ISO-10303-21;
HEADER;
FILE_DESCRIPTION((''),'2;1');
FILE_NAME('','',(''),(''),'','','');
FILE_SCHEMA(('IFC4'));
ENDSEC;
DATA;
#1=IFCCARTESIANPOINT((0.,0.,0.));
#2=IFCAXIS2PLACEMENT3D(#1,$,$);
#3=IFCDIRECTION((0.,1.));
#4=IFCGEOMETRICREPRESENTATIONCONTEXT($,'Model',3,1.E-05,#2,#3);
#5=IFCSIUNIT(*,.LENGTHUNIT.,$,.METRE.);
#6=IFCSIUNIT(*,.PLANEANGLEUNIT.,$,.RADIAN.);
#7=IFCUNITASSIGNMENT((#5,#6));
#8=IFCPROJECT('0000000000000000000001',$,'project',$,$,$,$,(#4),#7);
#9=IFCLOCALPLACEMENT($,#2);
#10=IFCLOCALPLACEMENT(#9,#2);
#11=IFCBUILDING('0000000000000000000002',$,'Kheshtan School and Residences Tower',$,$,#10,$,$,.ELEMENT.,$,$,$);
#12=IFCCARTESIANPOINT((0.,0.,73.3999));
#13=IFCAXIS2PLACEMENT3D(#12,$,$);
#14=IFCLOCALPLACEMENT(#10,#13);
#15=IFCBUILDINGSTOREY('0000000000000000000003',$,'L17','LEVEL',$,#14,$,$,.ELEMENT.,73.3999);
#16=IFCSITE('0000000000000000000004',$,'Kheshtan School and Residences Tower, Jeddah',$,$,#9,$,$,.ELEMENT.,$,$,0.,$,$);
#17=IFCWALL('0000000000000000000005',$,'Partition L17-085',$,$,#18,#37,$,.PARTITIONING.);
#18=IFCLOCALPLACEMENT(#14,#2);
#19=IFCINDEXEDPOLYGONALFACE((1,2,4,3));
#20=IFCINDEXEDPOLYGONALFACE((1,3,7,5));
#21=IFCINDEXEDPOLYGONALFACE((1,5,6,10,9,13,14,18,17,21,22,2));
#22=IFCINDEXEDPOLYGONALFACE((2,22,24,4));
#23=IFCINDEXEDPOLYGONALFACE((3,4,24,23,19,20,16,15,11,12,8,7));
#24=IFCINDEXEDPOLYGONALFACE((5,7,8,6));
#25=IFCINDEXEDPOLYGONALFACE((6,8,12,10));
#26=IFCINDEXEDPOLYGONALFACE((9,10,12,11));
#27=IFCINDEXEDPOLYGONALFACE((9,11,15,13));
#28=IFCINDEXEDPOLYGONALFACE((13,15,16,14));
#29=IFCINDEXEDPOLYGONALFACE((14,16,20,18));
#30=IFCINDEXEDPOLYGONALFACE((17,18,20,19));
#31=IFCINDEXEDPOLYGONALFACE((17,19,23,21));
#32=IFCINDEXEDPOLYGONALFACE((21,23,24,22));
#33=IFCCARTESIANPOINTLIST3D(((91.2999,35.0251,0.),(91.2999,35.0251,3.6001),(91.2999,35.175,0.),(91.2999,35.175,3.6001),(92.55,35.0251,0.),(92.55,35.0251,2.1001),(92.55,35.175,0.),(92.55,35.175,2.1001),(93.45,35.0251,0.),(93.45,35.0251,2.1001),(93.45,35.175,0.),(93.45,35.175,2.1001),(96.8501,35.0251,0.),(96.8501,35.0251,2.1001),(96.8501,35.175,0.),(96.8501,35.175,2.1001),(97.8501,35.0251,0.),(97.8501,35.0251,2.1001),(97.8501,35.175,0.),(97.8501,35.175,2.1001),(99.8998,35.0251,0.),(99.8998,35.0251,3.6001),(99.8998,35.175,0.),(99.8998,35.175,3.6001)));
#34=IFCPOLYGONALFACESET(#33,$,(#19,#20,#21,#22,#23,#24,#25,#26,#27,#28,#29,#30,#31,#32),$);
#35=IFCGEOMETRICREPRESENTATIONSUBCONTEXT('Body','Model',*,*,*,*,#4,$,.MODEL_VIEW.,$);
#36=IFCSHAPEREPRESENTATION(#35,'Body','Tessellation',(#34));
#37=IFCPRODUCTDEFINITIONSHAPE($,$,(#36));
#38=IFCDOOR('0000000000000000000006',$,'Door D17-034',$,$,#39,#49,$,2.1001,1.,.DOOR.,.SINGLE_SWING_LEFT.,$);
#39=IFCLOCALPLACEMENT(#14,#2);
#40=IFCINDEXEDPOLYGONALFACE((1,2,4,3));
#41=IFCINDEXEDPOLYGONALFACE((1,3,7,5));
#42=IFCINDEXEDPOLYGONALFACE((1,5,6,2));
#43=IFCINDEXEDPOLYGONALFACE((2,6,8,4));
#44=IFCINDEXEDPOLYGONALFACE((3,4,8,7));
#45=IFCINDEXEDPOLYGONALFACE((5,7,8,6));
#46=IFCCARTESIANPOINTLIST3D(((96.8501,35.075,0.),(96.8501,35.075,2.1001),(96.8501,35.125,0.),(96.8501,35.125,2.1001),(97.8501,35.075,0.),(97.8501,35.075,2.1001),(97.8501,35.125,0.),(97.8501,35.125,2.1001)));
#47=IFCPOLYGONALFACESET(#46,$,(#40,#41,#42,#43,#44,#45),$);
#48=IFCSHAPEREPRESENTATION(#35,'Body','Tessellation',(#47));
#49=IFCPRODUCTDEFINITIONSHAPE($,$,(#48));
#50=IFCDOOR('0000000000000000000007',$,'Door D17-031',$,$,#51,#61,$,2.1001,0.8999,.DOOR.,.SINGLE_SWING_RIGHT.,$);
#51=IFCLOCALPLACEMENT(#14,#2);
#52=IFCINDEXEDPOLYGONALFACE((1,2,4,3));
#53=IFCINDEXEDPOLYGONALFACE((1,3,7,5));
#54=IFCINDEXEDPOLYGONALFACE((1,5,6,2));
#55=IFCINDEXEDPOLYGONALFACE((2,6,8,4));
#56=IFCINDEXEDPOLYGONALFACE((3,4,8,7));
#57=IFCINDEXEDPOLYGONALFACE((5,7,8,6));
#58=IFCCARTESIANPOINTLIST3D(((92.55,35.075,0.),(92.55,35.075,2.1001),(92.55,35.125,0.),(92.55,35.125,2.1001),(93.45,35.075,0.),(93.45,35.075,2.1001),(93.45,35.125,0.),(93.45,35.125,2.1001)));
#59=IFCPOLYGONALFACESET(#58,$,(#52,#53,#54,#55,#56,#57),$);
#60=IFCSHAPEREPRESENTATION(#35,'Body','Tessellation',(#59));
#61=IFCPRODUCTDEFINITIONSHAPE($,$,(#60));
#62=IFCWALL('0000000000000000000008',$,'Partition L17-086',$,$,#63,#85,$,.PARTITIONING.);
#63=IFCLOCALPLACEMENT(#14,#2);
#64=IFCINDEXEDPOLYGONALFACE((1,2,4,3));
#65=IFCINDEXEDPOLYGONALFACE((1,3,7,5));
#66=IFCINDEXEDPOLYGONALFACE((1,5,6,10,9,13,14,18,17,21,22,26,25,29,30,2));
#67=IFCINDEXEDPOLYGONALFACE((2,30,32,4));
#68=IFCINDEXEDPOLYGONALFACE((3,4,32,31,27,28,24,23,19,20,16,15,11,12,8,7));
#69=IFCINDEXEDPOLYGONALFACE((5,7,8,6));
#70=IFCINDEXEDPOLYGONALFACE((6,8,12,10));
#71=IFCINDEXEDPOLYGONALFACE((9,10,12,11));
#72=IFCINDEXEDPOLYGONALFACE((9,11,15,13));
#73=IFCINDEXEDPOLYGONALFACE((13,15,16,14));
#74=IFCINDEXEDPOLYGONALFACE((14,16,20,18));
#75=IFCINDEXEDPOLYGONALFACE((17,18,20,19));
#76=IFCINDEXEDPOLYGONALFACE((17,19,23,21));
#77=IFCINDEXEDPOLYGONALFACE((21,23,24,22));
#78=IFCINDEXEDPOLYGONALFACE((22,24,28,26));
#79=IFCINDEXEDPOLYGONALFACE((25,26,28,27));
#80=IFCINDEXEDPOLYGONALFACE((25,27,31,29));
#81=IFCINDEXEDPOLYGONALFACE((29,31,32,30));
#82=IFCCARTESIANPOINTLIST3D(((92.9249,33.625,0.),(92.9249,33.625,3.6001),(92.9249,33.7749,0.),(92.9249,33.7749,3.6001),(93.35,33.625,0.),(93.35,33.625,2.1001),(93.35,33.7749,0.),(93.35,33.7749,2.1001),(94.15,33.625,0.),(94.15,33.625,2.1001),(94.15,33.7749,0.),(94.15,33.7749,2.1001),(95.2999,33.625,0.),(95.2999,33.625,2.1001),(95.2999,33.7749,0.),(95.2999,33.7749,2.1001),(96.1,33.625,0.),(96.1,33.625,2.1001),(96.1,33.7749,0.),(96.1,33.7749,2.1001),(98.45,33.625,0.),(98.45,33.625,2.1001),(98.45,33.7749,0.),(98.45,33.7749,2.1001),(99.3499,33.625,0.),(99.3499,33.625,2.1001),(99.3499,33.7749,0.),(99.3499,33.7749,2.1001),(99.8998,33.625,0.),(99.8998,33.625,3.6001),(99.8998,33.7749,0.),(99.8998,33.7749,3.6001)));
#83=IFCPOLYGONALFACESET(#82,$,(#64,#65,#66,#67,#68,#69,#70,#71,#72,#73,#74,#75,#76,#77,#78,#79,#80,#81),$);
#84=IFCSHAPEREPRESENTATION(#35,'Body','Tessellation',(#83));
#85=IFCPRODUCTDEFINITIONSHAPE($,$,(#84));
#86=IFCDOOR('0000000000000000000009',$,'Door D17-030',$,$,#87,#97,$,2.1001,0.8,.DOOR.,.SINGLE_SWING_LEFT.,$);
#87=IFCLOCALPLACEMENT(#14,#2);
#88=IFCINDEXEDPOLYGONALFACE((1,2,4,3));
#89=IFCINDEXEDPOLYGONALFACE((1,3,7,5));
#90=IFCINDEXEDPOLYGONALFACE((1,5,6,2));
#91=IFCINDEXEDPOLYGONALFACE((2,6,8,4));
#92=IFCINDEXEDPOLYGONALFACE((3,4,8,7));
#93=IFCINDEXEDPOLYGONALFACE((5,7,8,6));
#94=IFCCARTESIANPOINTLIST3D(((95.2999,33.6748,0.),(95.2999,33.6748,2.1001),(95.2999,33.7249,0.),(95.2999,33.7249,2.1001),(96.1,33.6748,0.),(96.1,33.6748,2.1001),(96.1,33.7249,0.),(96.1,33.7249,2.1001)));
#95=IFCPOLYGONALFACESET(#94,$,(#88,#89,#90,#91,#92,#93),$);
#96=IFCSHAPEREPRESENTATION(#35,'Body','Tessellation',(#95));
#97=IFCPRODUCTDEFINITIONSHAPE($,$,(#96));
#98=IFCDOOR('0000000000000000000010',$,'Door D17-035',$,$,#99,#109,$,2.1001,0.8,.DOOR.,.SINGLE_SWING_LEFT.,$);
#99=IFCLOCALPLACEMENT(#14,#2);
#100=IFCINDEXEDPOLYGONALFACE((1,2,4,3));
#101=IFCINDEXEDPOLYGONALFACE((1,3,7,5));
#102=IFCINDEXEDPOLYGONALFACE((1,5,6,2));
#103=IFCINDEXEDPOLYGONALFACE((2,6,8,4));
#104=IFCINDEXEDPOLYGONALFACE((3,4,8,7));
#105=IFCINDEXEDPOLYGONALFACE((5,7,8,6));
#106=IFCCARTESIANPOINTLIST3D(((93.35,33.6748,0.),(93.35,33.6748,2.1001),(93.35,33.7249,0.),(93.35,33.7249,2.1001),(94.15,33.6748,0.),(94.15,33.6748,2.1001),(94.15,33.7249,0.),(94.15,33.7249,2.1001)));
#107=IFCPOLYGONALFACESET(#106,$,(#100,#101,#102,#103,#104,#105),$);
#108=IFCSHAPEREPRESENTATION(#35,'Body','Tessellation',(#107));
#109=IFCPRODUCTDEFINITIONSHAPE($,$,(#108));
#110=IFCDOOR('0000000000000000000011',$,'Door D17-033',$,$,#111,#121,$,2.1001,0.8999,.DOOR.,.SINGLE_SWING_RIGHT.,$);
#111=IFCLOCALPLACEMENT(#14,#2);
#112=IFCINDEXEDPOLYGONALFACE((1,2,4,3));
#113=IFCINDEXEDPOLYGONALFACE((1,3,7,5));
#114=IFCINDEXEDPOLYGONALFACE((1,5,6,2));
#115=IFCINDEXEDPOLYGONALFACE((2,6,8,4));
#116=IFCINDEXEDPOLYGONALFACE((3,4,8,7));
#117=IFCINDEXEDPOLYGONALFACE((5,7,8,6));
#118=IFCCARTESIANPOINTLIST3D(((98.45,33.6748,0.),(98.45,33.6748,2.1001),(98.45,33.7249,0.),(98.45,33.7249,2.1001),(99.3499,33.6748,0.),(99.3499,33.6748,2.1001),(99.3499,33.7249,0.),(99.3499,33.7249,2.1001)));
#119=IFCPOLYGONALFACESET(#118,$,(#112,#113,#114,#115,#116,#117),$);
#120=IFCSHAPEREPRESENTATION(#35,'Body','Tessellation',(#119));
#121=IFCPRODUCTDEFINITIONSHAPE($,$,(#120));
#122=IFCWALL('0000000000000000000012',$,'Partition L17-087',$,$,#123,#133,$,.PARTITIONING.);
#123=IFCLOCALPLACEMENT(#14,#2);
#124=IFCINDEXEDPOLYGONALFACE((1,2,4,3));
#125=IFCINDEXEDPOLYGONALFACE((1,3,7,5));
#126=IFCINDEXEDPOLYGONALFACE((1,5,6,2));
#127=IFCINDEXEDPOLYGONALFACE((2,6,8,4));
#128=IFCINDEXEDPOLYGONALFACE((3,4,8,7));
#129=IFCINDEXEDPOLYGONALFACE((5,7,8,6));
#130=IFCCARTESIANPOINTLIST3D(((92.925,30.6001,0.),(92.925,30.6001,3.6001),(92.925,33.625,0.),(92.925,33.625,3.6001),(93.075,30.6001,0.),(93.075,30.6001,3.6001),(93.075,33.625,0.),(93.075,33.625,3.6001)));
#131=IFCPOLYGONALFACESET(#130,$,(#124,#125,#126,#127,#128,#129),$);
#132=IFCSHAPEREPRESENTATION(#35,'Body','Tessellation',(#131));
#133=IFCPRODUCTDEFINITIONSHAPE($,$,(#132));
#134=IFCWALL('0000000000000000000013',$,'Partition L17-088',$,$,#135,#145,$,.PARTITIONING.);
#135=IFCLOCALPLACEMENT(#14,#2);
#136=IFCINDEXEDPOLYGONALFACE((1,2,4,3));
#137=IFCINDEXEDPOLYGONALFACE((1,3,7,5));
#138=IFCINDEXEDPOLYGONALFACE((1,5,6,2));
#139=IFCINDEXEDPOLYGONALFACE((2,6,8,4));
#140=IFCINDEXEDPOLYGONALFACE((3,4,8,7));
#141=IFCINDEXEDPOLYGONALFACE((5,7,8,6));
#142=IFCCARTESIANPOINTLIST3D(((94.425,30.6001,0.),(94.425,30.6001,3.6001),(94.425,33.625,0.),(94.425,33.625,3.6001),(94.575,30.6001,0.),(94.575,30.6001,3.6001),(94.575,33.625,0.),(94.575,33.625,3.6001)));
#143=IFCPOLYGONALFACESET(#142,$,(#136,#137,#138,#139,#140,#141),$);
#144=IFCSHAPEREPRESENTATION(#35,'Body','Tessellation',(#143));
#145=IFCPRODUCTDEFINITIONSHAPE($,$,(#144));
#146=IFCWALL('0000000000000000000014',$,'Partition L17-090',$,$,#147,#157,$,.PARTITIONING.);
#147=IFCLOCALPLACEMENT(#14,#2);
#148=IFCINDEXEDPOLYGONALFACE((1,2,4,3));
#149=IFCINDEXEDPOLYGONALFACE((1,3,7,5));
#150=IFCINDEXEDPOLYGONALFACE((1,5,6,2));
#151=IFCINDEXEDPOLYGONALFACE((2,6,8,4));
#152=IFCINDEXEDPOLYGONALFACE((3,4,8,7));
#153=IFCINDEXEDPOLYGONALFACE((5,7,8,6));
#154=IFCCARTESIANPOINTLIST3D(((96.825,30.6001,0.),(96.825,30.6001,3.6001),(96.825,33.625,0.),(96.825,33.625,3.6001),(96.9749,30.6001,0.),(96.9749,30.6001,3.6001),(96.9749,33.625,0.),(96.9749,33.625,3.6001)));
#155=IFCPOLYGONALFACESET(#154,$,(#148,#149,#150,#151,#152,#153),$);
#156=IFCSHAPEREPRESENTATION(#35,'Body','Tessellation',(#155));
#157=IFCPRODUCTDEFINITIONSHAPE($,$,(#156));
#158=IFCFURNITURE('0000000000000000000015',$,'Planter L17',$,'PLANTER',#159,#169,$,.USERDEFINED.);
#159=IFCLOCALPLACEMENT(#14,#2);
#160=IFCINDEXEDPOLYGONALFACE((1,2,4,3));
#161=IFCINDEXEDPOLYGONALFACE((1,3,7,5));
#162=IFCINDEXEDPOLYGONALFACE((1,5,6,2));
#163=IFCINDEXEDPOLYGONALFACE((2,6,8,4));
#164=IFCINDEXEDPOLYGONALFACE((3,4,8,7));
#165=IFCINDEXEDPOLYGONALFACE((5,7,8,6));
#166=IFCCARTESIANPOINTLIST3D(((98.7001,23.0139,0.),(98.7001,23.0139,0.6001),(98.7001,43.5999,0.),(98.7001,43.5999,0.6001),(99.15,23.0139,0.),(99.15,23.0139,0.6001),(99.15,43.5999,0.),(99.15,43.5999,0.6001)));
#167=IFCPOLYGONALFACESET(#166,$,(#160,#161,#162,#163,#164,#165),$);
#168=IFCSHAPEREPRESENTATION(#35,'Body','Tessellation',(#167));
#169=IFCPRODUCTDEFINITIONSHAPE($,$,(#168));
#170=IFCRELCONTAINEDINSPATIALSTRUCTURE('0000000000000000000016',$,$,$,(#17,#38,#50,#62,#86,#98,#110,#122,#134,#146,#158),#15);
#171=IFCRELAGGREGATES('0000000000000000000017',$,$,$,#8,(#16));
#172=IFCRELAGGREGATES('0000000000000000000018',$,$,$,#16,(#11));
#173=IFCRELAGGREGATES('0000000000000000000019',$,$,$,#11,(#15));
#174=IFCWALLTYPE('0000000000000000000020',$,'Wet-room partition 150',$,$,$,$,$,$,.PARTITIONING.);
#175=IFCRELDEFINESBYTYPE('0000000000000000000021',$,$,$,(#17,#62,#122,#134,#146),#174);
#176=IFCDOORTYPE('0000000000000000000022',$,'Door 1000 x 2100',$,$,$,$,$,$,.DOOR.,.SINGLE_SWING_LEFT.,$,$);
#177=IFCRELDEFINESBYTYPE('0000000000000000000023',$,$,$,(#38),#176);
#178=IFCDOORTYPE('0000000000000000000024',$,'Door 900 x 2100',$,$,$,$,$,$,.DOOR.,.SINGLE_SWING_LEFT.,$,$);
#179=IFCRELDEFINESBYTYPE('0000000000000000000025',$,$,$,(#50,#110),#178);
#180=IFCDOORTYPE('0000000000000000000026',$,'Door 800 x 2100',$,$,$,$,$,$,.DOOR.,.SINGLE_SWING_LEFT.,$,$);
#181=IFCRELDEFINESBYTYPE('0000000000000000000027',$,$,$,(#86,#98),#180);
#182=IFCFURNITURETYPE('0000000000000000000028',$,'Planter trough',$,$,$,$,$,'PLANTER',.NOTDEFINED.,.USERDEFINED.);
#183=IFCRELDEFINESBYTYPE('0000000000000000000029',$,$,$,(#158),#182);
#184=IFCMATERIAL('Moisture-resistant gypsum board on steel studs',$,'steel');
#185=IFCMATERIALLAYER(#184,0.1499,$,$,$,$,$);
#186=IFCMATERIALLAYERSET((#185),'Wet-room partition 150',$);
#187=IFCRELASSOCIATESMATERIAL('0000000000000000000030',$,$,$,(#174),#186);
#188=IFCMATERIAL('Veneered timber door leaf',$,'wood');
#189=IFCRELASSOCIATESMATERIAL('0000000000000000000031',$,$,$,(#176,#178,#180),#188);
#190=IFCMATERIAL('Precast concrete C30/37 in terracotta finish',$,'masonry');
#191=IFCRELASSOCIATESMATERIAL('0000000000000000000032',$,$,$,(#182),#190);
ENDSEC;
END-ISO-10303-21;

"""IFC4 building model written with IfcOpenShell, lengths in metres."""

from ifc_helpers import new_model, si_unit, direction, frame, frame_2d, origin, origin_2d, place, context, subcontext, project, spatial, rectangle, extrude, source, transform, mapped, material, layer, layer_set, type_object, element, fill, save


model = new_model("IFC4")

# Units and contexts
model_context = context("Model", 3, precision=1e-05, world=origin(), true_north=direction((0.0, 1.0)))
body_context = subcontext(model_context, "Body", "Model", "MODEL_VIEW")
ifc_project = project(units=[si_unit("LENGTHUNIT", "METRE"), si_unit("PLANEANGLEUNIT", "RADIAN")], contexts=[model_context])

# Site, building, storey
site_placement = place(None, origin())
site = spatial("IfcSite", under=ifc_project, at=site_placement, Name="Kheshtan School and Residences Tower, Jeddah", CompositionType="ELEMENT", RefElevation=0.0)
building_placement = place(site_placement, origin())
building = spatial("IfcBuilding", under=site, at=building_placement, Name="Kheshtan School and Residences Tower", CompositionType="ELEMENT")
storey_placement = place(building_placement, frame((0.0, 0.0, 73.3999)))
storey = spatial("IfcBuildingStorey", under=building, at=storey_placement, Name="L17", Description="LEVEL", CompositionType="ELEMENT", Elevation=73.3999)

# Walls, openings, doors
ifc_material_1 = material(Name="Moisture-resistant gypsum board on steel studs", Category="steel")
ifc_layer_1 = layer(ifc_material_1, 0.1499)
ifc_layer_set_1 = layer_set([ifc_layer_1], Name="Wet-room partition 150")
wall_type_1 = type_object("IfcWallType", Name="Wet-room partition 150", PredefinedType="PARTITIONING", material=ifc_layer_set_1)
wall_1_placement = place(storey_placement, frame((91.3, 35.1001, 0.0), z_axis=(0.0, 0.0, 1.0), x_axis=(1.0, 0.0, 0.0)))
wall_1 = element("IfcWall", 1, at=wall_1_placement, inside=storey, type_object=wall_type_1, Name="Partition L17-085", PredefinedType="PARTITIONING", context=body_context, shape_type="SweptSolid", body=[
    extrude(rectangle(XDim=8.5999, YDim=0.1499, at=frame_2d((4.2998, 0.0))), origin(), (0.0, 0.0, 1.0), 3.6001),
])
opening_1_placement = place(wall_1_placement, frame((1.25, 0.0, 0.0)))
opening_1 = element("IfcOpeningElement", 2, at=opening_1_placement, cuts=wall_1, PredefinedType="OPENING", context=body_context, shape_type="SweptSolid", body=[
    extrude(rectangle(XDim=0.8999, YDim=2.1001, at=frame_2d((0.45, 1.05))), frame((0.0, 0.085, 0.0), z_axis=(0.0, -1.0, 0.0), x_axis=(1.0, 0.0, 0.0)), (0.0, 0.0, 1.0), 0.1699),
])
opening_2_placement = place(wall_1_placement, frame((5.55, 0.0, 0.0)))
opening_2 = element("IfcOpeningElement", 3, at=opening_2_placement, cuts=wall_1, PredefinedType="OPENING", context=body_context, shape_type="SweptSolid", body=[
    extrude(rectangle(XDim=1.0, YDim=2.1001, at=frame_2d((0.5, 1.05))), frame((0.0, 0.085, 0.0), z_axis=(0.0, -1.0, 0.0), x_axis=(1.0, 0.0, 0.0)), (0.0, 0.0, 1.0), 0.1699),
])
ifc_material_2 = material(Name="Veneered timber door leaf", Category="wood")
door_type_1 = type_object("IfcDoorType", Name="Door 1000 x 2100", OperationType="SINGLE_SWING_LEFT", PredefinedType="DOOR", material=ifc_material_2)
shared_shape_1 = source(origin(), body_context, "Body", "SweptSolid", [
    extrude(rectangle(XDim=1.0, YDim=2.1001, at=frame_2d((0.5, 1.05))), frame((0.0, 0.0249, 0.0), z_axis=(0.0, -1.0, 0.0), x_axis=(1.0, 0.0, 0.0)), (0.0, 0.0, 1.0), 0.05),
])
door_1_placement = place(opening_2_placement, origin())
door_1 = element("IfcDoor", 4, at=door_1_placement, inside=storey, type_object=door_type_1, Name="Door D17-034", OperationType="SINGLE_SWING_LEFT", OverallHeight=2.1001, OverallWidth=1.0, PredefinedType="DOOR", context=body_context, shape_type="MappedRepresentation", body=[
    mapped(shared_shape_1, transform((0.0, 0.0, 0.0), x_axis=(1.0, 0.0, 0.0), y_axis=(0.0, 1.0, 0.0), z_axis=(0.0, 0.0, 1.0), scale=1.0)),
])
fill(opening_2, door_1)
door_type_2 = type_object("IfcDoorType", Name="Door 900 x 2100", OperationType="SINGLE_SWING_LEFT", PredefinedType="DOOR", material=ifc_material_2)
shared_shape_2 = source(origin(), body_context, "Body", "SweptSolid", [
    extrude(rectangle(XDim=0.8999, YDim=2.1001, at=frame_2d((0.45, 1.05))), frame((0.0, 0.0249, 0.0), z_axis=(0.0, -1.0, 0.0), x_axis=(1.0, 0.0, 0.0)), (0.0, 0.0, 1.0), 0.05),
])
door_2_placement = place(opening_1_placement, origin())
door_2 = element("IfcDoor", 5, at=door_2_placement, inside=storey, type_object=door_type_2, Name="Door D17-031", OperationType="SINGLE_SWING_RIGHT", OverallHeight=2.1001, OverallWidth=0.8999, PredefinedType="DOOR", context=body_context, shape_type="MappedRepresentation", body=[
    mapped(shared_shape_2, transform((0.0, 0.0, 0.0), x_axis=(1.0, 0.0, 0.0), y_axis=(0.0, 1.0, 0.0), z_axis=(0.0, 0.0, 1.0), scale=1.0)),
])
fill(opening_1, door_2)
wall_2_placement = place(storey_placement, frame((92.925, 33.7, 0.0), z_axis=(0.0, 0.0, 1.0), x_axis=(1.0, 0.0, 0.0)))
wall_2 = element("IfcWall", 6, at=wall_2_placement, inside=storey, type_object=wall_type_1, Name="Partition L17-086", PredefinedType="PARTITIONING", context=body_context, shape_type="SweptSolid", body=[
    extrude(rectangle(XDim=6.9749, YDim=0.1499, at=frame_2d((3.4873, 0.0))), origin(), (0.0, 0.0, 1.0), 3.6001),
])
opening_3_placement = place(wall_2_placement, frame((2.375, 0.0, 0.0)))
opening_3 = element("IfcOpeningElement", 7, at=opening_3_placement, cuts=wall_2, PredefinedType="OPENING", context=body_context, shape_type="SweptSolid", body=[
    extrude(rectangle(XDim=0.8, YDim=2.1001, at=frame_2d((0.3999, 1.05))), frame((0.0, 0.085, 0.0), z_axis=(0.0, -1.0, 0.0), x_axis=(1.0, 0.0, 0.0)), (0.0, 0.0, 1.0), 0.1699),
])
opening_4_placement = place(wall_2_placement, frame((5.5249, 0.0, 0.0)))
opening_4 = element("IfcOpeningElement", 8, at=opening_4_placement, cuts=wall_2, PredefinedType="OPENING", context=body_context, shape_type="SweptSolid", body=[
    extrude(rectangle(XDim=0.8999, YDim=2.1001, at=frame_2d((0.45, 1.05))), frame((0.0, 0.085, 0.0), z_axis=(0.0, -1.0, 0.0), x_axis=(1.0, 0.0, 0.0)), (0.0, 0.0, 1.0), 0.1699),
])
opening_5_placement = place(wall_2_placement, frame((0.425, 0.0, 0.0)))
opening_5 = element("IfcOpeningElement", 9, at=opening_5_placement, cuts=wall_2, PredefinedType="OPENING", context=body_context, shape_type="SweptSolid", body=[
    extrude(rectangle(XDim=0.8, YDim=2.1001, at=frame_2d((0.3999, 1.05))), frame((0.0, 0.085, 0.0), z_axis=(0.0, -1.0, 0.0), x_axis=(1.0, 0.0, 0.0)), (0.0, 0.0, 1.0), 0.1699),
])
door_type_3 = type_object("IfcDoorType", Name="Door 800 x 2100", OperationType="SINGLE_SWING_LEFT", PredefinedType="DOOR", material=ifc_material_2)
shared_shape_3 = source(origin(), body_context, "Body", "SweptSolid", [
    extrude(rectangle(XDim=0.8, YDim=2.1001, at=frame_2d((0.3999, 1.05))), frame((0.0, 0.0249, 0.0), z_axis=(0.0, -1.0, 0.0), x_axis=(1.0, 0.0, 0.0)), (0.0, 0.0, 1.0), 0.05),
])
door_3_placement = place(opening_3_placement, origin())
door_3 = element("IfcDoor", 10, at=door_3_placement, inside=storey, type_object=door_type_3, Name="Door D17-030", OperationType="SINGLE_SWING_LEFT", OverallHeight=2.1001, OverallWidth=0.8, PredefinedType="DOOR", context=body_context, shape_type="MappedRepresentation", body=[
    mapped(shared_shape_3, transform((0.0, 0.0, 0.0), x_axis=(1.0, 0.0, 0.0), y_axis=(0.0, 1.0, 0.0), z_axis=(0.0, 0.0, 1.0), scale=1.0)),
])
fill(opening_3, door_3)
door_4_placement = place(opening_5_placement, origin())
door_4 = element("IfcDoor", 11, at=door_4_placement, inside=storey, type_object=door_type_3, Name="Door D17-035", OperationType="SINGLE_SWING_LEFT", OverallHeight=2.1001, OverallWidth=0.8, PredefinedType="DOOR", context=body_context, shape_type="MappedRepresentation", body=[
    mapped(shared_shape_3, transform((0.0, 0.0, 0.0), x_axis=(1.0, 0.0, 0.0), y_axis=(0.0, 1.0, 0.0), z_axis=(0.0, 0.0, 1.0), scale=1.0)),
])
fill(opening_5, door_4)
door_5_placement = place(opening_4_placement, origin())
door_5 = element("IfcDoor", 12, at=door_5_placement, inside=storey, type_object=door_type_2, Name="Door D17-033", OperationType="SINGLE_SWING_RIGHT", OverallHeight=2.1001, OverallWidth=0.8999, PredefinedType="DOOR", context=body_context, shape_type="MappedRepresentation", body=[
    mapped(shared_shape_2, transform((0.0, 0.0, 0.0), x_axis=(1.0, 0.0, 0.0), y_axis=(0.0, 1.0, 0.0), z_axis=(0.0, 0.0, 1.0), scale=1.0)),
])
fill(opening_4, door_5)

# Walls
for number, where, z_axis, x_axis, name in (
    (13, (93.0, 30.6001, 0.0), (0.0, 0.0, 1.0), (0.0, 1.0, 0.0), "Partition L17-087"),
    (14, (94.5, 30.6001, 0.0), (0.0, 0.0, 1.0), (0.0, 1.0, 0.0), "Partition L17-088"),
    (15, (96.8999, 30.6001, 0.0), (0.0, 0.0, 1.0), (0.0, 1.0, 0.0), "Partition L17-090"),
):
    element("IfcWall", number, at=place(storey_placement, frame(where, z_axis=z_axis, x_axis=x_axis)), inside=storey, type_object=wall_type_1, Name=name, PredefinedType="PARTITIONING", context=body_context, shape_type="SweptSolid", body=[
        extrude(rectangle(XDim=3.0249, YDim=0.1499, at=frame_2d((1.5125, 0.0))), origin(), (0.0, 0.0, 1.0), 3.6001),
    ])

# Furniture
ifc_material_3 = material(Name="Precast concrete C30/37 in terracotta finish", Category="masonry")
furniture_type = type_object("IfcFurnitureType", Name="Planter trough", ElementType="PLANTER", AssemblyPlace="NOTDEFINED", PredefinedType="USERDEFINED", material=ifc_material_3)
furniture_placement = place(storey_placement, frame((98.925, 33.3069, 0.0), z_axis=(0.0, 0.0, 1.0), x_axis=(0.0, -1.0, 0.0)))
element("IfcFurniture", 16, at=furniture_placement, inside=storey, type_object=furniture_type, Name="Planter L17", ObjectType="PLANTER", PredefinedType="USERDEFINED", context=body_context, shape_type="SweptSolid", body=[
    extrude(rectangle(XDim=20.5859, YDim=0.45, at=origin_2d()), origin(), (0.0, 0.0, 1.0), 0.6001),
])

save(model, "model.ifc")
